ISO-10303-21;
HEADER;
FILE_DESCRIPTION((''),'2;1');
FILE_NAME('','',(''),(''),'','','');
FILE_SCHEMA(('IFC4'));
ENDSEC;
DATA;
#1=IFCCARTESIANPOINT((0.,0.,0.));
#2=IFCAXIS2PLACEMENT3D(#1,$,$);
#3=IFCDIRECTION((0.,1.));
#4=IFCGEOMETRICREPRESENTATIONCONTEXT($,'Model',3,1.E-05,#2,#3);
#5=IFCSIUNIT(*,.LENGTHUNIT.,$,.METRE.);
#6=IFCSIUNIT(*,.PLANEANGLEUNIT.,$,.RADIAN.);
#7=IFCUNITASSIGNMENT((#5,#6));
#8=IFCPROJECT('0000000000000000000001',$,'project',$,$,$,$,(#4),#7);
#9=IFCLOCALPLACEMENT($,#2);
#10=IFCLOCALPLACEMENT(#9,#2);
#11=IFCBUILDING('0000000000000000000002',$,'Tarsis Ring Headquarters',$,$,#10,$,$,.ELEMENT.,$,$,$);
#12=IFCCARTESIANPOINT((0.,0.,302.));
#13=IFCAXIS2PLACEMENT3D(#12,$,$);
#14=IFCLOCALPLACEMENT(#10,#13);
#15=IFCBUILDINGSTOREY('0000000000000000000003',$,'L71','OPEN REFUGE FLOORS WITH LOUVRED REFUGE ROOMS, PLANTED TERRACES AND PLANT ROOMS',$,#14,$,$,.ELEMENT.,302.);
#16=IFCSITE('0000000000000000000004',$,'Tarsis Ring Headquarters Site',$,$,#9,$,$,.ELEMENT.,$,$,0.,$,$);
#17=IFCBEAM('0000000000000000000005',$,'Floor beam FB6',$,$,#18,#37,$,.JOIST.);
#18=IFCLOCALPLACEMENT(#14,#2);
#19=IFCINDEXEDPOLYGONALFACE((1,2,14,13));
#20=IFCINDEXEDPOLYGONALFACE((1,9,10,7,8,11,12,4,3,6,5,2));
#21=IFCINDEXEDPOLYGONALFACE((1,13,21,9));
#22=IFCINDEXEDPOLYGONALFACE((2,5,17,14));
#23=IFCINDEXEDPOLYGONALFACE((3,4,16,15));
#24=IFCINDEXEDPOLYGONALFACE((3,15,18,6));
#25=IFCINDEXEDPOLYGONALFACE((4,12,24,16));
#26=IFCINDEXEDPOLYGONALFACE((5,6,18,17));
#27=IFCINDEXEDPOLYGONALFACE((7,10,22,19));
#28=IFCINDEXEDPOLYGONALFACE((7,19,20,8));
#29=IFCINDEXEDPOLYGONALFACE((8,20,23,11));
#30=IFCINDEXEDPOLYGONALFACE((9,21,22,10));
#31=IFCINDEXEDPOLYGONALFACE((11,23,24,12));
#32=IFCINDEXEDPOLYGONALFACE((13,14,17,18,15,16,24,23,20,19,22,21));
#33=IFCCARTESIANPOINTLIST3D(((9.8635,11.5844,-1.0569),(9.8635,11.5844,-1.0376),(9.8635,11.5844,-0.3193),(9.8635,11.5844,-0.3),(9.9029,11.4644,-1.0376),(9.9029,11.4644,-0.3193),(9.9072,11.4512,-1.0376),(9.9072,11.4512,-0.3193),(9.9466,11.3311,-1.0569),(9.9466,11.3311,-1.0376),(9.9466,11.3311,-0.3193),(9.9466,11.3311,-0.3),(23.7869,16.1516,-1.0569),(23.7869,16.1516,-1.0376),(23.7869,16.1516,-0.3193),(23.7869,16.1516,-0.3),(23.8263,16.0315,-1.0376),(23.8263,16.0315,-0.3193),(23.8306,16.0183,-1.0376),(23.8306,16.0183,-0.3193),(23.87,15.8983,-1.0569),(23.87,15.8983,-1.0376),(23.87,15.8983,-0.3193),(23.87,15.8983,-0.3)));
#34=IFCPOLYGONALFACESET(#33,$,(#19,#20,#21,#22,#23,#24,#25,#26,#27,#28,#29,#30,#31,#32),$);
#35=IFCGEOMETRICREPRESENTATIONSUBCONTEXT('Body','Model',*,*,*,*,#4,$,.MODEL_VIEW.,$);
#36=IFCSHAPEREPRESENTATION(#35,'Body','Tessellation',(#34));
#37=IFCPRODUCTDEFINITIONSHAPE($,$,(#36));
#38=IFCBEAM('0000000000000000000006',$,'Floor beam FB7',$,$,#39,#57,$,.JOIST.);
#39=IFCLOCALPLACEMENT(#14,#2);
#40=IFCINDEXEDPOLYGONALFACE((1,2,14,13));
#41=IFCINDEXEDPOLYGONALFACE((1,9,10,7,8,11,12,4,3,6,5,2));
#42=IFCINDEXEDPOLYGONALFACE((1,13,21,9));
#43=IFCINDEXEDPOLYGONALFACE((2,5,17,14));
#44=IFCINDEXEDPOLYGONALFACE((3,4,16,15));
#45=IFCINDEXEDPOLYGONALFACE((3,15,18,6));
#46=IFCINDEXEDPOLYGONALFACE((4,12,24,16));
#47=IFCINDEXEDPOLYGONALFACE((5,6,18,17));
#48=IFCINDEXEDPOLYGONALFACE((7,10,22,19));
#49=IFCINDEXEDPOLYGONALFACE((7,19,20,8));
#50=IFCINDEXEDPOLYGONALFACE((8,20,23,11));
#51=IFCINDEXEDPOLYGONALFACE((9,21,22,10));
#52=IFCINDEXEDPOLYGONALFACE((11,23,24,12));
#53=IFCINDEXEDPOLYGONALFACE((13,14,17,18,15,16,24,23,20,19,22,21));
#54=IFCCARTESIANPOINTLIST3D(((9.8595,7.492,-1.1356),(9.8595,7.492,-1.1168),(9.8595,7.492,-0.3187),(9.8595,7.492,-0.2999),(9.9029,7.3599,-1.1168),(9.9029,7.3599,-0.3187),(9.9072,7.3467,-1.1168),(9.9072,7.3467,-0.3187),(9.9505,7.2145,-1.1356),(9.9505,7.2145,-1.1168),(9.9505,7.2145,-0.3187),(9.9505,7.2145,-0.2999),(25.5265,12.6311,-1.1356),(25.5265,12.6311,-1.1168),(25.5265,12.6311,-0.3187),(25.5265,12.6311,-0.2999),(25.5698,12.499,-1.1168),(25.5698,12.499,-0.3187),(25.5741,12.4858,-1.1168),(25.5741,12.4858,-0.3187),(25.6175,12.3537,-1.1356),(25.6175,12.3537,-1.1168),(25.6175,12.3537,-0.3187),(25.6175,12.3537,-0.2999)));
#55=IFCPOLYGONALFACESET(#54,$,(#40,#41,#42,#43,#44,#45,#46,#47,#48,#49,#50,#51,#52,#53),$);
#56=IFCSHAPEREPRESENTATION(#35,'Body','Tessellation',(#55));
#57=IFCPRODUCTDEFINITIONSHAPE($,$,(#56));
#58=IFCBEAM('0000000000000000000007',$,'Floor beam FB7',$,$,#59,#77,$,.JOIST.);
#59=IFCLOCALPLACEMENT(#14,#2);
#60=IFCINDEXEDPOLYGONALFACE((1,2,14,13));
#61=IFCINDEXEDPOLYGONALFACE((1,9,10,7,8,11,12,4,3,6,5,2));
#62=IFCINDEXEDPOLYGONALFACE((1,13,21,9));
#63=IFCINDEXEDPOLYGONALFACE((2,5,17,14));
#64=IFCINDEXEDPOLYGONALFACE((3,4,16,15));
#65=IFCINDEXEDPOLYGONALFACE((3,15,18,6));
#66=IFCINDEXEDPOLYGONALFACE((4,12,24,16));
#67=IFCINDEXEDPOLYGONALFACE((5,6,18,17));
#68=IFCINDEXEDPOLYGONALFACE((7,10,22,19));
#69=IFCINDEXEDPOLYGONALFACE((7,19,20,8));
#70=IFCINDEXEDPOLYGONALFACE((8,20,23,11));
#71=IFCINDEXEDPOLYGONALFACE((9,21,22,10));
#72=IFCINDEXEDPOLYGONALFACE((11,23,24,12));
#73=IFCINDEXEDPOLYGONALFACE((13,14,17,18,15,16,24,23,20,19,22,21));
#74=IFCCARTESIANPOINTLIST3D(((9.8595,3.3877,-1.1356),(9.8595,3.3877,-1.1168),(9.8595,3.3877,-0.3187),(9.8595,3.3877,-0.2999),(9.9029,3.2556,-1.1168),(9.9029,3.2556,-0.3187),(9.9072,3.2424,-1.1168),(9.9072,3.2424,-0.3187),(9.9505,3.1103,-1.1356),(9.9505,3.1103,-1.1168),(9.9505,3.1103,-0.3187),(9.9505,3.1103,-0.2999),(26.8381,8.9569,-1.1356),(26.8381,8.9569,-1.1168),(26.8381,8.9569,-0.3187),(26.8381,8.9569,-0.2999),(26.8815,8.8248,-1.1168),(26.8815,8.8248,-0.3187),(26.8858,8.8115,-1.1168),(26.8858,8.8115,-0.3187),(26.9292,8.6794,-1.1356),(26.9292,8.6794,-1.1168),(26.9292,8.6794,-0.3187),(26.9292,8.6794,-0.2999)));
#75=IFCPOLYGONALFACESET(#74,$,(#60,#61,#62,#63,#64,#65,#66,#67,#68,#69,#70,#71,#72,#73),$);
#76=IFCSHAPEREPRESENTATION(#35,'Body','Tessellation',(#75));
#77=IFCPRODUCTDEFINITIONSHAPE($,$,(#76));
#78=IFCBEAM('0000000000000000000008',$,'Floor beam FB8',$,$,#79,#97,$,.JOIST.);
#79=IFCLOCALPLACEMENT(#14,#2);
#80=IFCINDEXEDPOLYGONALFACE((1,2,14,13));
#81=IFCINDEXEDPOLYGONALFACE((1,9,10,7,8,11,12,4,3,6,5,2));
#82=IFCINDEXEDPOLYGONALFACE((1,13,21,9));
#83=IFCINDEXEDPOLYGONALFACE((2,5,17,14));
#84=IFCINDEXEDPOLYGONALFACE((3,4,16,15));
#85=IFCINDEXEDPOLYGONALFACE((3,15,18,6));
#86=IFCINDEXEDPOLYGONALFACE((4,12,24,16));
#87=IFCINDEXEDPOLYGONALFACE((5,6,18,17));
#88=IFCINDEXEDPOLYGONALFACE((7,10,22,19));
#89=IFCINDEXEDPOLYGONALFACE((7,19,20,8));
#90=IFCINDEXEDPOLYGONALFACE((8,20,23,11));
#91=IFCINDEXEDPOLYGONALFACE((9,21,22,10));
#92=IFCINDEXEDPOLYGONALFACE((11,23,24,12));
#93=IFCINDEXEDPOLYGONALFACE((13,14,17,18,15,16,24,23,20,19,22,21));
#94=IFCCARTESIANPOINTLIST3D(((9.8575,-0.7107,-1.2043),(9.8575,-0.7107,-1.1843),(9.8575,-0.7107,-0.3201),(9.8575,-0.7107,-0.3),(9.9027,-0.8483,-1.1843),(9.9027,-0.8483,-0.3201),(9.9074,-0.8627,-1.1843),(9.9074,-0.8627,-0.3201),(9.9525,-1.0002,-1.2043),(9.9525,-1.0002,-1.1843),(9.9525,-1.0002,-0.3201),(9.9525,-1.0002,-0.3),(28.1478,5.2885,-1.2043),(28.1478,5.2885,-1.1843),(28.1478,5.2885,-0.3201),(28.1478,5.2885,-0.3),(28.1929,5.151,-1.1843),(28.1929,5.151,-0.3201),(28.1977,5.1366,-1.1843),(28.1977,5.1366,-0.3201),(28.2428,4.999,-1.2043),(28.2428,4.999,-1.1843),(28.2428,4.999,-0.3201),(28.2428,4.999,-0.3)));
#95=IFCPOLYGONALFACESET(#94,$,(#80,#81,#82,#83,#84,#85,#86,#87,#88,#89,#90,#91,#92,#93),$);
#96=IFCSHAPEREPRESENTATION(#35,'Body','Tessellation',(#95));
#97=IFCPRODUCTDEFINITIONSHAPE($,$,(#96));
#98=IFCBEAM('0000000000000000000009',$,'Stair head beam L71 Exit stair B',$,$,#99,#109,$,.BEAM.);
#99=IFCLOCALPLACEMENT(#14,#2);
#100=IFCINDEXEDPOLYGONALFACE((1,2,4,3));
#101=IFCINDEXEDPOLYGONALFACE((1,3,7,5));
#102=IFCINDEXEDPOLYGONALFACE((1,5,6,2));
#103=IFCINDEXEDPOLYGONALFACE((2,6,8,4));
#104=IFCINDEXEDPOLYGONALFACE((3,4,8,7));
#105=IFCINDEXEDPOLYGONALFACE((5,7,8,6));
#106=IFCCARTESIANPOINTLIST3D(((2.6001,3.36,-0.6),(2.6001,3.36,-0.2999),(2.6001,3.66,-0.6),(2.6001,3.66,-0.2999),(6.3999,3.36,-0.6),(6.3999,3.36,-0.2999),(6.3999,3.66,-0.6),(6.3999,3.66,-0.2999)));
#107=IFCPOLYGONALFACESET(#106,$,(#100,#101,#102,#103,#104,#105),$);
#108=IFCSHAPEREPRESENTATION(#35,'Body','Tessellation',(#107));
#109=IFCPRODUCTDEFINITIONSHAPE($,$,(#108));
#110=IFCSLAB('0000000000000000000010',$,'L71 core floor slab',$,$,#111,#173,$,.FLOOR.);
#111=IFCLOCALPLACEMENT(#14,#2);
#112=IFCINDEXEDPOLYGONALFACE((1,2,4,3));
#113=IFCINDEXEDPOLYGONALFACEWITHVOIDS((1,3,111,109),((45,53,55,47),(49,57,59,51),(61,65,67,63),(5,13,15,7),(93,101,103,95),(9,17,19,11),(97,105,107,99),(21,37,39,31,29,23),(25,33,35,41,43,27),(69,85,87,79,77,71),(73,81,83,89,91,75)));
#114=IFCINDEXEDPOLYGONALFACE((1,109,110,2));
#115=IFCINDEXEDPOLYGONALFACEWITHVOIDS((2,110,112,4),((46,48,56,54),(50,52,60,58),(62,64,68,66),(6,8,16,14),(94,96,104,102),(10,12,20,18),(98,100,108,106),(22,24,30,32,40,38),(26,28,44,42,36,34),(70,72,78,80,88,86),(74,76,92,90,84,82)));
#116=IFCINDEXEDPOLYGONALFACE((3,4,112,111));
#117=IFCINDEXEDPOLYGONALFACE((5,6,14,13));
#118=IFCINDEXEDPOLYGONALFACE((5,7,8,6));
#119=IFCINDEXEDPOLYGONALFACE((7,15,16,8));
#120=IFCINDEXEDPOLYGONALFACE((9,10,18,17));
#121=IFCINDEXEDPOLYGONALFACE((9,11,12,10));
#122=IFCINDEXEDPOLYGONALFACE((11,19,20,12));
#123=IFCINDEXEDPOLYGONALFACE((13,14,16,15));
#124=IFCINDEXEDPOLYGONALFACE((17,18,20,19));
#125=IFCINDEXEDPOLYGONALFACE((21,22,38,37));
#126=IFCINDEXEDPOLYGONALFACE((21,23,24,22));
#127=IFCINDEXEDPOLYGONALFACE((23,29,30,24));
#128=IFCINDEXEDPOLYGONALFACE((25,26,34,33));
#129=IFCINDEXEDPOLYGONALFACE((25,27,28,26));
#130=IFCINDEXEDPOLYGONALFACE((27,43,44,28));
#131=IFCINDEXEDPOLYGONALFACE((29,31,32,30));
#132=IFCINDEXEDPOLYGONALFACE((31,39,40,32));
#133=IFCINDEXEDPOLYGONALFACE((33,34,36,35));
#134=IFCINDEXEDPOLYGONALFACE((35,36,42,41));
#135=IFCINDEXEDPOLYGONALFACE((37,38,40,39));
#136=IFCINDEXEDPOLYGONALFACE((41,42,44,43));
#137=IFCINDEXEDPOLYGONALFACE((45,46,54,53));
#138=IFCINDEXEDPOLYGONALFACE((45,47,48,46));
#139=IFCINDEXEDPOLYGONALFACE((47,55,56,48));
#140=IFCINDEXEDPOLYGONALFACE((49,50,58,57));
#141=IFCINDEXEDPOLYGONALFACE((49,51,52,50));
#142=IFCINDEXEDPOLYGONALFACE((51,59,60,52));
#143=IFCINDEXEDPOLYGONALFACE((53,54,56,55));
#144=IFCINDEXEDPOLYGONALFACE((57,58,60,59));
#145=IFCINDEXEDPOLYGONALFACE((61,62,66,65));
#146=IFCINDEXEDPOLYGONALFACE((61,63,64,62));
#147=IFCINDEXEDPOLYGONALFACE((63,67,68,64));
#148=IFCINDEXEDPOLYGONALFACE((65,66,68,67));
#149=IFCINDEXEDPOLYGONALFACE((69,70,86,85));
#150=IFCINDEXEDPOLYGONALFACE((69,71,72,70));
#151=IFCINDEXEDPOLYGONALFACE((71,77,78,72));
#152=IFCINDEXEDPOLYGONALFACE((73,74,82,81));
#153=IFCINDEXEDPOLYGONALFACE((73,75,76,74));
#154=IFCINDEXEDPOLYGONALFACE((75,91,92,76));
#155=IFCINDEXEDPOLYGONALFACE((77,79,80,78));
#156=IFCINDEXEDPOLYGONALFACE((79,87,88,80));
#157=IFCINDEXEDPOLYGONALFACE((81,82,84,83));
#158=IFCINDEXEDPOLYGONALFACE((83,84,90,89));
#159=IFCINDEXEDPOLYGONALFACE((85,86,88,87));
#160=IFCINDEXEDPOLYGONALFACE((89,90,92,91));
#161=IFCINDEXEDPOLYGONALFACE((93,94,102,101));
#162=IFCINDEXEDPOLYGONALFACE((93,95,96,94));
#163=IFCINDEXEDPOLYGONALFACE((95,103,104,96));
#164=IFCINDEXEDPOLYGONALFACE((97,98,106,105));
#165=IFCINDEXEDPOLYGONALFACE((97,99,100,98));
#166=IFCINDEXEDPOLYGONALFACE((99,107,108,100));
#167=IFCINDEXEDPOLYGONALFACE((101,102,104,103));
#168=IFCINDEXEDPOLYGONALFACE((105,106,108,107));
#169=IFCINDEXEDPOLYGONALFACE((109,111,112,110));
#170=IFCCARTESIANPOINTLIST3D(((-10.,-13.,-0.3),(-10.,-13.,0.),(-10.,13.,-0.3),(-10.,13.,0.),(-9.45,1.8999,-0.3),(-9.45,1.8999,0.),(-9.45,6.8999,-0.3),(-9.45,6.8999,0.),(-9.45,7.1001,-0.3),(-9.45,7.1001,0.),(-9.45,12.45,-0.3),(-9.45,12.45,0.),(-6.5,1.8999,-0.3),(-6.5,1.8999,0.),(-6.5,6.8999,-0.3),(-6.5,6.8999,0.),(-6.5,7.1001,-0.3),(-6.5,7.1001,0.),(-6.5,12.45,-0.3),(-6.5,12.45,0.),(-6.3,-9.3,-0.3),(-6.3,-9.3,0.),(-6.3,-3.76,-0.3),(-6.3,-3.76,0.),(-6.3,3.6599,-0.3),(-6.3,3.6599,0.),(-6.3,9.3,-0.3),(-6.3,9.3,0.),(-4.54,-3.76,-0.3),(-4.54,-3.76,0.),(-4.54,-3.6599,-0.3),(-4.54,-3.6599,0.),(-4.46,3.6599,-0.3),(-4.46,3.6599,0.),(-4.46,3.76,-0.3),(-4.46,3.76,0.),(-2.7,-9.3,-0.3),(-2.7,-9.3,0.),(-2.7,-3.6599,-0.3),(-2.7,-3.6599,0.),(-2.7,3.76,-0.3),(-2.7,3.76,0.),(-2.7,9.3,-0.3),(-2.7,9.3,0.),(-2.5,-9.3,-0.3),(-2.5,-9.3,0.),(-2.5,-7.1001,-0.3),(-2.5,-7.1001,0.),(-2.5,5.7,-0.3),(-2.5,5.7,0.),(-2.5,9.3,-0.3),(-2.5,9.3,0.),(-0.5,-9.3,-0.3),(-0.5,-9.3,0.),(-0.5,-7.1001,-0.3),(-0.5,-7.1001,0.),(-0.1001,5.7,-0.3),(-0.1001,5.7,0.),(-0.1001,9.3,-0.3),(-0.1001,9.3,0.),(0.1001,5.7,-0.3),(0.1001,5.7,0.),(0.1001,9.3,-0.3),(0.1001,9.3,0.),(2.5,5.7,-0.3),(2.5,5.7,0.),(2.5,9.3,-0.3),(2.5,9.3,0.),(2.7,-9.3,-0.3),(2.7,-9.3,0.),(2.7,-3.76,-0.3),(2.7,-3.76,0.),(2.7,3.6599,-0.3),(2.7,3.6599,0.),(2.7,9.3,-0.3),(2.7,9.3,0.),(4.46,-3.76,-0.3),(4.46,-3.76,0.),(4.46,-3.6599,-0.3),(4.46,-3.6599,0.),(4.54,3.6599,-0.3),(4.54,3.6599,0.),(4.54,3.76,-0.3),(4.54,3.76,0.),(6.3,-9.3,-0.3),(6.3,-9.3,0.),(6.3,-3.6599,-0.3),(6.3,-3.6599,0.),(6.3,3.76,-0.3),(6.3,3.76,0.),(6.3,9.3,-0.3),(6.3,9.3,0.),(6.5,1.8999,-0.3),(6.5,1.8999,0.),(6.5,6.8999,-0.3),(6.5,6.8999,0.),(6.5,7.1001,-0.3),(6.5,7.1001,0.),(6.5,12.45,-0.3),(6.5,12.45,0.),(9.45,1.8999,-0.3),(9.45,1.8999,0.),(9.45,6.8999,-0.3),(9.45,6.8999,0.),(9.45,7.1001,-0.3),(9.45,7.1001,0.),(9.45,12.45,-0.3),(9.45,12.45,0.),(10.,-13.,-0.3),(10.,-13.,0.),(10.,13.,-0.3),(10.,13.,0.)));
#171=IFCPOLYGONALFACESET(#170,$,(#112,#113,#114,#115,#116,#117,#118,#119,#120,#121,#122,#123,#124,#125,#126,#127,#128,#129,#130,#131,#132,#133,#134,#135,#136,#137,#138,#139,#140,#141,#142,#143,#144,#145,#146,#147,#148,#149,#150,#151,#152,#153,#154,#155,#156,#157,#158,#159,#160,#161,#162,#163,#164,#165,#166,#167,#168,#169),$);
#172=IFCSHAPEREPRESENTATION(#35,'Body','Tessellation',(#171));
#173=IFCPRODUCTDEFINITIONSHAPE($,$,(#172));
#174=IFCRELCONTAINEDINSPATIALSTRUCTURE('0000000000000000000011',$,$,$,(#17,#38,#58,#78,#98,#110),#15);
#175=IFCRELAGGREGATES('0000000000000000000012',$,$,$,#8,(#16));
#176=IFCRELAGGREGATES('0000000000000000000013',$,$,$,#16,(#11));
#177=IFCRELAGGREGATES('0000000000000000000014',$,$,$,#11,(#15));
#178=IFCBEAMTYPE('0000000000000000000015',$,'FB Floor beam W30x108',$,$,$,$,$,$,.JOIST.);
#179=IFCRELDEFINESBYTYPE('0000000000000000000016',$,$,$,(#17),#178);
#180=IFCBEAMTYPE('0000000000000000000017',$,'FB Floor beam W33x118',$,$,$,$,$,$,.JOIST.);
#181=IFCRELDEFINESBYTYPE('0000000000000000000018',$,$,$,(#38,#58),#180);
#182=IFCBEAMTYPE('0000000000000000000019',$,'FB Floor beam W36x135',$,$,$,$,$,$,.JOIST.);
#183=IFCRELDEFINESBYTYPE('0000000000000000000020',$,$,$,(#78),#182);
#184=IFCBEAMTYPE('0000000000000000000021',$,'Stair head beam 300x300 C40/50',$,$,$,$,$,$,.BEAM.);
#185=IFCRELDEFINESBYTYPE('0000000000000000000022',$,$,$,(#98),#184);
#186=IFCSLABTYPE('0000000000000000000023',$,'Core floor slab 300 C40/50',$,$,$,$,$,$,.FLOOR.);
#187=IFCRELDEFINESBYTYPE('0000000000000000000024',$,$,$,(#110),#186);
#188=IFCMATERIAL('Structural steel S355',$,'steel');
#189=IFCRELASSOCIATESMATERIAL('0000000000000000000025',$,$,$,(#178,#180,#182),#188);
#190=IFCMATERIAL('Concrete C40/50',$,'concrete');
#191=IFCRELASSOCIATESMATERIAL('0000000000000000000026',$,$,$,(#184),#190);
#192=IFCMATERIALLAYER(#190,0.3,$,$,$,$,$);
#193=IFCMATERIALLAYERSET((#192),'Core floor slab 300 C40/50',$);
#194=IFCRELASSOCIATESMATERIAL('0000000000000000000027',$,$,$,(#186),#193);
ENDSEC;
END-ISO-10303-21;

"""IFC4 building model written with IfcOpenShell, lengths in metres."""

from ifc_helpers import new_model, si_unit, direction, frame, origin, origin_2d, place, context, subcontext, project, spatial, polyline, rectangle, i_section, outline, extrude, material, layer, layer_set, material_profile, profile_set, type_object, element, save


model = new_model("IFC4")

# Units and contexts
model_context = context("Model", 3, precision=1e-05, world=origin(), true_north=direction((0.0, 1.0)))
body_context = subcontext(model_context, "Body", "Model", "MODEL_VIEW")
ifc_project = project(units=[si_unit("LENGTHUNIT", "METRE"), si_unit("PLANEANGLEUNIT", "RADIAN")], contexts=[model_context])

# Site, building, storey
site_placement = place(None, origin())
site = spatial("IfcSite", under=ifc_project, at=site_placement, Name="Tarsis Ring Headquarters Site", CompositionType="ELEMENT", RefElevation=0.0)
building_placement = place(site_placement, origin())
building = spatial("IfcBuilding", under=site, at=building_placement, Name="Tarsis Ring Headquarters", CompositionType="ELEMENT")
storey_placement = place(building_placement, frame((0.0, 0.0, 302.0)))
storey = spatial("IfcBuildingStorey", under=building, at=storey_placement, Name="L71", Description="OPEN REFUGE FLOORS WITH LOUVRED REFUGE ROOMS, PLANTED TERRACES AND PLANT ROOMS", CompositionType="ELEMENT", Elevation=302.0)

# Beams
ifc_material_1 = material(Name="Structural steel S355", Category="steel")
ifc_material_profile_1 = material_profile(ifc_material_1, i_section(OverallWidth=0.2666, OverallDepth=0.7568, WebThickness=0.0139, FlangeThickness=0.0193, at=origin_2d()), Name="W30x108")
ifc_profile_set_1 = profile_set([ifc_material_profile_1], Name="Structural steel S355")
beam_type_1 = type_object("IfcBeamType", Name="FB Floor beam W30x108", PredefinedType="JOIST", material=ifc_profile_set_1)
beam_1_placement = place(storey_placement, frame((9.905, 11.4578, -0.6785), z_axis=(0.950187, 0.311681, 0.0), x_axis=(-0.311681, 0.950187, 0.0)))
element("IfcBeam", 1, at=beam_1_placement, inside=storey, type_object=beam_type_1, Name="Floor beam FB6", PredefinedType="JOIST", context=body_context, shape_type="SweptSolid", body=[
    extrude(i_section(OverallWidth=0.2666, OverallDepth=0.7568, WebThickness=0.0139, FlangeThickness=0.0193, at=origin_2d()), origin(), (0.0, 0.0, 1.0), 14.6533),
])
ifc_material_profile_2 = material_profile(ifc_material_1, i_section(OverallWidth=0.292, OverallDepth=0.8357, WebThickness=0.0139, FlangeThickness=0.0188, at=origin_2d()), Name="W33x118")
ifc_profile_set_2 = profile_set([ifc_material_profile_2], Name="Structural steel S355")
beam_type_2 = type_object("IfcBeamType", Name="FB Floor beam W33x118", PredefinedType="JOIST", material=ifc_profile_set_2)
beam_2_placement = place(storey_placement, frame((9.905, 7.3533, -0.7178), z_axis=(0.950186, 0.311684, 0.0), x_axis=(-0.311684, 0.950186, 0.0)))
element("IfcBeam", 2, at=beam_2_placement, inside=storey, type_object=beam_type_2, Name="Floor beam FB7", PredefinedType="JOIST", context=body_context, shape_type="SweptSolid", body=[
    extrude(i_section(OverallWidth=0.292, OverallDepth=0.8357, WebThickness=0.0139, FlangeThickness=0.0188, at=origin_2d()), origin(), (0.0, 0.0, 1.0), 16.4883),
])
beam_3_placement = place(storey_placement, frame((9.905, 3.249, -0.7178), z_axis=(0.95019, 0.31167, 0.0), x_axis=(-0.31167, 0.95019, 0.0)))
element("IfcBeam", 3, at=beam_3_placement, inside=storey, type_object=beam_type_2, Name="Floor beam FB7", PredefinedType="JOIST", context=body_context, shape_type="SweptSolid", body=[
    extrude(i_section(OverallWidth=0.292, OverallDepth=0.8357, WebThickness=0.0139, FlangeThickness=0.0188, at=origin_2d()), origin(), (0.0, 0.0, 1.0), 17.8687),
])
ifc_material_profile_3 = material_profile(ifc_material_1, i_section(OverallWidth=0.3047, OverallDepth=0.9043, WebThickness=0.0151, FlangeThickness=0.02, at=origin_2d()), Name="W36x135")
ifc_profile_set_3 = profile_set([ifc_material_profile_3], Name="Structural steel S355")
beam_type_3 = type_object("IfcBeamType", Name="FB Floor beam W36x135", PredefinedType="JOIST", material=ifc_profile_set_3)
beam_4_placement = place(storey_placement, frame((9.905, -0.8555, -0.7522), z_axis=(0.950192, 0.311666, 0.0), x_axis=(-0.311666, 0.950192, 0.0)))
element("IfcBeam", 4, at=beam_4_placement, inside=storey, type_object=beam_type_3, Name="Floor beam FB8", PredefinedType="JOIST", context=body_context, shape_type="SweptSolid", body=[
    extrude(i_section(OverallWidth=0.3047, OverallDepth=0.9043, WebThickness=0.0151, FlangeThickness=0.02, at=origin_2d()), origin(), (0.0, 0.0, 1.0), 19.249),
])
ifc_material_2 = material(Name="Concrete C40/50", Category="concrete")
ifc_material_profile_4 = material_profile(ifc_material_2, rectangle(XDim=0.3, YDim=0.3, at=origin_2d()), Name="Stair head beam 300x300 C40/50")
ifc_profile_set_4 = profile_set([ifc_material_profile_4], Name="Concrete C40/50")
beam_type_4 = type_object("IfcBeamType", Name="Stair head beam 300x300 C40/50", PredefinedType="BEAM", material=ifc_profile_set_4)
beam_5_placement = place(storey_placement, frame((2.6001, 3.51, -0.45), z_axis=(1.0, 0.0, 0.0), x_axis=(0.0, 1.0, 0.0)))
element("IfcBeam", 5, at=beam_5_placement, inside=storey, type_object=beam_type_4, Name="Stair head beam L71 Exit stair B", PredefinedType="BEAM", context=body_context, shape_type="SweptSolid", body=[
    extrude(rectangle(XDim=0.3, YDim=0.3, at=origin_2d()), origin(), (0.0, 0.0, 1.0), 3.7998),
])

# Slab
ifc_layer_1 = layer(ifc_material_2, 0.3)
ifc_layer_set_1 = layer_set([ifc_layer_1], Name="Core floor slab 300 C40/50")
slab_type_1 = type_object("IfcSlabType", Name="Core floor slab 300 C40/50", PredefinedType="FLOOR", material=ifc_layer_set_1)
slab_1_placement = place(storey_placement, frame((0.0, 0.0, -0.3)))
element("IfcSlab", 6, at=slab_1_placement, inside=storey, type_object=slab_type_1, Name="L71 core floor slab", PredefinedType="FLOOR", context=body_context, shape_type="SweptSolid", body=[
    extrude(outline(polyline([(-10.0, -13.0), (10.0, -13.0), (10.0, 13.0), (-10.0, 13.0), (-10.0, -13.0)]), holes=[polyline([(-2.5, 5.7), (-0.1001, 5.7), (-0.1001, 9.3), (-2.5, 9.3), (-2.5, 5.7)]), polyline([(0.1001, 5.7), (2.5, 5.7), (2.5, 9.3), (0.1001, 9.3), (0.1001, 5.7)]), polyline([(-9.45, 1.8999), (-6.5, 1.8999), (-6.5, 6.8999), (-9.45, 6.8999), (-9.45, 1.8999)]), polyline([(-9.45, 7.1001), (-6.5, 7.1001), (-6.5, 12.45), (-9.45, 12.45), (-9.45, 7.1001)]), polyline([(6.5, 1.8999), (9.45, 1.8999), (9.45, 6.8999), (6.5, 6.8999), (6.5, 1.8999)]), polyline([(6.5, 7.1001), (9.45, 7.1001), (9.45, 12.45), (6.5, 12.45), (6.5, 7.1001)]), polyline([(-2.5, -9.3), (-0.5, -9.3), (-0.5, -7.1001), (-2.5, -7.1001), (-2.5, -9.3)]), polyline([(-2.7, 3.76), (-2.7, 9.3), (-6.3, 9.3), (-6.3, 3.6599), (-4.46, 3.6599), (-4.46, 3.76), (-2.7, 3.76)]), polyline([(6.3, 3.76), (6.3, 9.3), (2.7, 9.3), (2.7, 3.6599), (4.54, 3.6599), (4.54, 3.76), (6.3, 3.76)]), polyline([(-6.3, -3.76), (-6.3, -9.3), (-2.7, -9.3), (-2.7, -3.6599), (-4.54, -3.6599), (-4.54, -3.76), (-6.3, -3.76)]), polyline([(2.7, -3.76), (2.7, -9.3), (6.3, -9.3), (6.3, -3.6599), (4.46, -3.6599), (4.46, -3.76), (2.7, -3.76)])]), origin(), (0.0, 0.0, 1.0), 0.3),
])

save(model, "model.ifc")
